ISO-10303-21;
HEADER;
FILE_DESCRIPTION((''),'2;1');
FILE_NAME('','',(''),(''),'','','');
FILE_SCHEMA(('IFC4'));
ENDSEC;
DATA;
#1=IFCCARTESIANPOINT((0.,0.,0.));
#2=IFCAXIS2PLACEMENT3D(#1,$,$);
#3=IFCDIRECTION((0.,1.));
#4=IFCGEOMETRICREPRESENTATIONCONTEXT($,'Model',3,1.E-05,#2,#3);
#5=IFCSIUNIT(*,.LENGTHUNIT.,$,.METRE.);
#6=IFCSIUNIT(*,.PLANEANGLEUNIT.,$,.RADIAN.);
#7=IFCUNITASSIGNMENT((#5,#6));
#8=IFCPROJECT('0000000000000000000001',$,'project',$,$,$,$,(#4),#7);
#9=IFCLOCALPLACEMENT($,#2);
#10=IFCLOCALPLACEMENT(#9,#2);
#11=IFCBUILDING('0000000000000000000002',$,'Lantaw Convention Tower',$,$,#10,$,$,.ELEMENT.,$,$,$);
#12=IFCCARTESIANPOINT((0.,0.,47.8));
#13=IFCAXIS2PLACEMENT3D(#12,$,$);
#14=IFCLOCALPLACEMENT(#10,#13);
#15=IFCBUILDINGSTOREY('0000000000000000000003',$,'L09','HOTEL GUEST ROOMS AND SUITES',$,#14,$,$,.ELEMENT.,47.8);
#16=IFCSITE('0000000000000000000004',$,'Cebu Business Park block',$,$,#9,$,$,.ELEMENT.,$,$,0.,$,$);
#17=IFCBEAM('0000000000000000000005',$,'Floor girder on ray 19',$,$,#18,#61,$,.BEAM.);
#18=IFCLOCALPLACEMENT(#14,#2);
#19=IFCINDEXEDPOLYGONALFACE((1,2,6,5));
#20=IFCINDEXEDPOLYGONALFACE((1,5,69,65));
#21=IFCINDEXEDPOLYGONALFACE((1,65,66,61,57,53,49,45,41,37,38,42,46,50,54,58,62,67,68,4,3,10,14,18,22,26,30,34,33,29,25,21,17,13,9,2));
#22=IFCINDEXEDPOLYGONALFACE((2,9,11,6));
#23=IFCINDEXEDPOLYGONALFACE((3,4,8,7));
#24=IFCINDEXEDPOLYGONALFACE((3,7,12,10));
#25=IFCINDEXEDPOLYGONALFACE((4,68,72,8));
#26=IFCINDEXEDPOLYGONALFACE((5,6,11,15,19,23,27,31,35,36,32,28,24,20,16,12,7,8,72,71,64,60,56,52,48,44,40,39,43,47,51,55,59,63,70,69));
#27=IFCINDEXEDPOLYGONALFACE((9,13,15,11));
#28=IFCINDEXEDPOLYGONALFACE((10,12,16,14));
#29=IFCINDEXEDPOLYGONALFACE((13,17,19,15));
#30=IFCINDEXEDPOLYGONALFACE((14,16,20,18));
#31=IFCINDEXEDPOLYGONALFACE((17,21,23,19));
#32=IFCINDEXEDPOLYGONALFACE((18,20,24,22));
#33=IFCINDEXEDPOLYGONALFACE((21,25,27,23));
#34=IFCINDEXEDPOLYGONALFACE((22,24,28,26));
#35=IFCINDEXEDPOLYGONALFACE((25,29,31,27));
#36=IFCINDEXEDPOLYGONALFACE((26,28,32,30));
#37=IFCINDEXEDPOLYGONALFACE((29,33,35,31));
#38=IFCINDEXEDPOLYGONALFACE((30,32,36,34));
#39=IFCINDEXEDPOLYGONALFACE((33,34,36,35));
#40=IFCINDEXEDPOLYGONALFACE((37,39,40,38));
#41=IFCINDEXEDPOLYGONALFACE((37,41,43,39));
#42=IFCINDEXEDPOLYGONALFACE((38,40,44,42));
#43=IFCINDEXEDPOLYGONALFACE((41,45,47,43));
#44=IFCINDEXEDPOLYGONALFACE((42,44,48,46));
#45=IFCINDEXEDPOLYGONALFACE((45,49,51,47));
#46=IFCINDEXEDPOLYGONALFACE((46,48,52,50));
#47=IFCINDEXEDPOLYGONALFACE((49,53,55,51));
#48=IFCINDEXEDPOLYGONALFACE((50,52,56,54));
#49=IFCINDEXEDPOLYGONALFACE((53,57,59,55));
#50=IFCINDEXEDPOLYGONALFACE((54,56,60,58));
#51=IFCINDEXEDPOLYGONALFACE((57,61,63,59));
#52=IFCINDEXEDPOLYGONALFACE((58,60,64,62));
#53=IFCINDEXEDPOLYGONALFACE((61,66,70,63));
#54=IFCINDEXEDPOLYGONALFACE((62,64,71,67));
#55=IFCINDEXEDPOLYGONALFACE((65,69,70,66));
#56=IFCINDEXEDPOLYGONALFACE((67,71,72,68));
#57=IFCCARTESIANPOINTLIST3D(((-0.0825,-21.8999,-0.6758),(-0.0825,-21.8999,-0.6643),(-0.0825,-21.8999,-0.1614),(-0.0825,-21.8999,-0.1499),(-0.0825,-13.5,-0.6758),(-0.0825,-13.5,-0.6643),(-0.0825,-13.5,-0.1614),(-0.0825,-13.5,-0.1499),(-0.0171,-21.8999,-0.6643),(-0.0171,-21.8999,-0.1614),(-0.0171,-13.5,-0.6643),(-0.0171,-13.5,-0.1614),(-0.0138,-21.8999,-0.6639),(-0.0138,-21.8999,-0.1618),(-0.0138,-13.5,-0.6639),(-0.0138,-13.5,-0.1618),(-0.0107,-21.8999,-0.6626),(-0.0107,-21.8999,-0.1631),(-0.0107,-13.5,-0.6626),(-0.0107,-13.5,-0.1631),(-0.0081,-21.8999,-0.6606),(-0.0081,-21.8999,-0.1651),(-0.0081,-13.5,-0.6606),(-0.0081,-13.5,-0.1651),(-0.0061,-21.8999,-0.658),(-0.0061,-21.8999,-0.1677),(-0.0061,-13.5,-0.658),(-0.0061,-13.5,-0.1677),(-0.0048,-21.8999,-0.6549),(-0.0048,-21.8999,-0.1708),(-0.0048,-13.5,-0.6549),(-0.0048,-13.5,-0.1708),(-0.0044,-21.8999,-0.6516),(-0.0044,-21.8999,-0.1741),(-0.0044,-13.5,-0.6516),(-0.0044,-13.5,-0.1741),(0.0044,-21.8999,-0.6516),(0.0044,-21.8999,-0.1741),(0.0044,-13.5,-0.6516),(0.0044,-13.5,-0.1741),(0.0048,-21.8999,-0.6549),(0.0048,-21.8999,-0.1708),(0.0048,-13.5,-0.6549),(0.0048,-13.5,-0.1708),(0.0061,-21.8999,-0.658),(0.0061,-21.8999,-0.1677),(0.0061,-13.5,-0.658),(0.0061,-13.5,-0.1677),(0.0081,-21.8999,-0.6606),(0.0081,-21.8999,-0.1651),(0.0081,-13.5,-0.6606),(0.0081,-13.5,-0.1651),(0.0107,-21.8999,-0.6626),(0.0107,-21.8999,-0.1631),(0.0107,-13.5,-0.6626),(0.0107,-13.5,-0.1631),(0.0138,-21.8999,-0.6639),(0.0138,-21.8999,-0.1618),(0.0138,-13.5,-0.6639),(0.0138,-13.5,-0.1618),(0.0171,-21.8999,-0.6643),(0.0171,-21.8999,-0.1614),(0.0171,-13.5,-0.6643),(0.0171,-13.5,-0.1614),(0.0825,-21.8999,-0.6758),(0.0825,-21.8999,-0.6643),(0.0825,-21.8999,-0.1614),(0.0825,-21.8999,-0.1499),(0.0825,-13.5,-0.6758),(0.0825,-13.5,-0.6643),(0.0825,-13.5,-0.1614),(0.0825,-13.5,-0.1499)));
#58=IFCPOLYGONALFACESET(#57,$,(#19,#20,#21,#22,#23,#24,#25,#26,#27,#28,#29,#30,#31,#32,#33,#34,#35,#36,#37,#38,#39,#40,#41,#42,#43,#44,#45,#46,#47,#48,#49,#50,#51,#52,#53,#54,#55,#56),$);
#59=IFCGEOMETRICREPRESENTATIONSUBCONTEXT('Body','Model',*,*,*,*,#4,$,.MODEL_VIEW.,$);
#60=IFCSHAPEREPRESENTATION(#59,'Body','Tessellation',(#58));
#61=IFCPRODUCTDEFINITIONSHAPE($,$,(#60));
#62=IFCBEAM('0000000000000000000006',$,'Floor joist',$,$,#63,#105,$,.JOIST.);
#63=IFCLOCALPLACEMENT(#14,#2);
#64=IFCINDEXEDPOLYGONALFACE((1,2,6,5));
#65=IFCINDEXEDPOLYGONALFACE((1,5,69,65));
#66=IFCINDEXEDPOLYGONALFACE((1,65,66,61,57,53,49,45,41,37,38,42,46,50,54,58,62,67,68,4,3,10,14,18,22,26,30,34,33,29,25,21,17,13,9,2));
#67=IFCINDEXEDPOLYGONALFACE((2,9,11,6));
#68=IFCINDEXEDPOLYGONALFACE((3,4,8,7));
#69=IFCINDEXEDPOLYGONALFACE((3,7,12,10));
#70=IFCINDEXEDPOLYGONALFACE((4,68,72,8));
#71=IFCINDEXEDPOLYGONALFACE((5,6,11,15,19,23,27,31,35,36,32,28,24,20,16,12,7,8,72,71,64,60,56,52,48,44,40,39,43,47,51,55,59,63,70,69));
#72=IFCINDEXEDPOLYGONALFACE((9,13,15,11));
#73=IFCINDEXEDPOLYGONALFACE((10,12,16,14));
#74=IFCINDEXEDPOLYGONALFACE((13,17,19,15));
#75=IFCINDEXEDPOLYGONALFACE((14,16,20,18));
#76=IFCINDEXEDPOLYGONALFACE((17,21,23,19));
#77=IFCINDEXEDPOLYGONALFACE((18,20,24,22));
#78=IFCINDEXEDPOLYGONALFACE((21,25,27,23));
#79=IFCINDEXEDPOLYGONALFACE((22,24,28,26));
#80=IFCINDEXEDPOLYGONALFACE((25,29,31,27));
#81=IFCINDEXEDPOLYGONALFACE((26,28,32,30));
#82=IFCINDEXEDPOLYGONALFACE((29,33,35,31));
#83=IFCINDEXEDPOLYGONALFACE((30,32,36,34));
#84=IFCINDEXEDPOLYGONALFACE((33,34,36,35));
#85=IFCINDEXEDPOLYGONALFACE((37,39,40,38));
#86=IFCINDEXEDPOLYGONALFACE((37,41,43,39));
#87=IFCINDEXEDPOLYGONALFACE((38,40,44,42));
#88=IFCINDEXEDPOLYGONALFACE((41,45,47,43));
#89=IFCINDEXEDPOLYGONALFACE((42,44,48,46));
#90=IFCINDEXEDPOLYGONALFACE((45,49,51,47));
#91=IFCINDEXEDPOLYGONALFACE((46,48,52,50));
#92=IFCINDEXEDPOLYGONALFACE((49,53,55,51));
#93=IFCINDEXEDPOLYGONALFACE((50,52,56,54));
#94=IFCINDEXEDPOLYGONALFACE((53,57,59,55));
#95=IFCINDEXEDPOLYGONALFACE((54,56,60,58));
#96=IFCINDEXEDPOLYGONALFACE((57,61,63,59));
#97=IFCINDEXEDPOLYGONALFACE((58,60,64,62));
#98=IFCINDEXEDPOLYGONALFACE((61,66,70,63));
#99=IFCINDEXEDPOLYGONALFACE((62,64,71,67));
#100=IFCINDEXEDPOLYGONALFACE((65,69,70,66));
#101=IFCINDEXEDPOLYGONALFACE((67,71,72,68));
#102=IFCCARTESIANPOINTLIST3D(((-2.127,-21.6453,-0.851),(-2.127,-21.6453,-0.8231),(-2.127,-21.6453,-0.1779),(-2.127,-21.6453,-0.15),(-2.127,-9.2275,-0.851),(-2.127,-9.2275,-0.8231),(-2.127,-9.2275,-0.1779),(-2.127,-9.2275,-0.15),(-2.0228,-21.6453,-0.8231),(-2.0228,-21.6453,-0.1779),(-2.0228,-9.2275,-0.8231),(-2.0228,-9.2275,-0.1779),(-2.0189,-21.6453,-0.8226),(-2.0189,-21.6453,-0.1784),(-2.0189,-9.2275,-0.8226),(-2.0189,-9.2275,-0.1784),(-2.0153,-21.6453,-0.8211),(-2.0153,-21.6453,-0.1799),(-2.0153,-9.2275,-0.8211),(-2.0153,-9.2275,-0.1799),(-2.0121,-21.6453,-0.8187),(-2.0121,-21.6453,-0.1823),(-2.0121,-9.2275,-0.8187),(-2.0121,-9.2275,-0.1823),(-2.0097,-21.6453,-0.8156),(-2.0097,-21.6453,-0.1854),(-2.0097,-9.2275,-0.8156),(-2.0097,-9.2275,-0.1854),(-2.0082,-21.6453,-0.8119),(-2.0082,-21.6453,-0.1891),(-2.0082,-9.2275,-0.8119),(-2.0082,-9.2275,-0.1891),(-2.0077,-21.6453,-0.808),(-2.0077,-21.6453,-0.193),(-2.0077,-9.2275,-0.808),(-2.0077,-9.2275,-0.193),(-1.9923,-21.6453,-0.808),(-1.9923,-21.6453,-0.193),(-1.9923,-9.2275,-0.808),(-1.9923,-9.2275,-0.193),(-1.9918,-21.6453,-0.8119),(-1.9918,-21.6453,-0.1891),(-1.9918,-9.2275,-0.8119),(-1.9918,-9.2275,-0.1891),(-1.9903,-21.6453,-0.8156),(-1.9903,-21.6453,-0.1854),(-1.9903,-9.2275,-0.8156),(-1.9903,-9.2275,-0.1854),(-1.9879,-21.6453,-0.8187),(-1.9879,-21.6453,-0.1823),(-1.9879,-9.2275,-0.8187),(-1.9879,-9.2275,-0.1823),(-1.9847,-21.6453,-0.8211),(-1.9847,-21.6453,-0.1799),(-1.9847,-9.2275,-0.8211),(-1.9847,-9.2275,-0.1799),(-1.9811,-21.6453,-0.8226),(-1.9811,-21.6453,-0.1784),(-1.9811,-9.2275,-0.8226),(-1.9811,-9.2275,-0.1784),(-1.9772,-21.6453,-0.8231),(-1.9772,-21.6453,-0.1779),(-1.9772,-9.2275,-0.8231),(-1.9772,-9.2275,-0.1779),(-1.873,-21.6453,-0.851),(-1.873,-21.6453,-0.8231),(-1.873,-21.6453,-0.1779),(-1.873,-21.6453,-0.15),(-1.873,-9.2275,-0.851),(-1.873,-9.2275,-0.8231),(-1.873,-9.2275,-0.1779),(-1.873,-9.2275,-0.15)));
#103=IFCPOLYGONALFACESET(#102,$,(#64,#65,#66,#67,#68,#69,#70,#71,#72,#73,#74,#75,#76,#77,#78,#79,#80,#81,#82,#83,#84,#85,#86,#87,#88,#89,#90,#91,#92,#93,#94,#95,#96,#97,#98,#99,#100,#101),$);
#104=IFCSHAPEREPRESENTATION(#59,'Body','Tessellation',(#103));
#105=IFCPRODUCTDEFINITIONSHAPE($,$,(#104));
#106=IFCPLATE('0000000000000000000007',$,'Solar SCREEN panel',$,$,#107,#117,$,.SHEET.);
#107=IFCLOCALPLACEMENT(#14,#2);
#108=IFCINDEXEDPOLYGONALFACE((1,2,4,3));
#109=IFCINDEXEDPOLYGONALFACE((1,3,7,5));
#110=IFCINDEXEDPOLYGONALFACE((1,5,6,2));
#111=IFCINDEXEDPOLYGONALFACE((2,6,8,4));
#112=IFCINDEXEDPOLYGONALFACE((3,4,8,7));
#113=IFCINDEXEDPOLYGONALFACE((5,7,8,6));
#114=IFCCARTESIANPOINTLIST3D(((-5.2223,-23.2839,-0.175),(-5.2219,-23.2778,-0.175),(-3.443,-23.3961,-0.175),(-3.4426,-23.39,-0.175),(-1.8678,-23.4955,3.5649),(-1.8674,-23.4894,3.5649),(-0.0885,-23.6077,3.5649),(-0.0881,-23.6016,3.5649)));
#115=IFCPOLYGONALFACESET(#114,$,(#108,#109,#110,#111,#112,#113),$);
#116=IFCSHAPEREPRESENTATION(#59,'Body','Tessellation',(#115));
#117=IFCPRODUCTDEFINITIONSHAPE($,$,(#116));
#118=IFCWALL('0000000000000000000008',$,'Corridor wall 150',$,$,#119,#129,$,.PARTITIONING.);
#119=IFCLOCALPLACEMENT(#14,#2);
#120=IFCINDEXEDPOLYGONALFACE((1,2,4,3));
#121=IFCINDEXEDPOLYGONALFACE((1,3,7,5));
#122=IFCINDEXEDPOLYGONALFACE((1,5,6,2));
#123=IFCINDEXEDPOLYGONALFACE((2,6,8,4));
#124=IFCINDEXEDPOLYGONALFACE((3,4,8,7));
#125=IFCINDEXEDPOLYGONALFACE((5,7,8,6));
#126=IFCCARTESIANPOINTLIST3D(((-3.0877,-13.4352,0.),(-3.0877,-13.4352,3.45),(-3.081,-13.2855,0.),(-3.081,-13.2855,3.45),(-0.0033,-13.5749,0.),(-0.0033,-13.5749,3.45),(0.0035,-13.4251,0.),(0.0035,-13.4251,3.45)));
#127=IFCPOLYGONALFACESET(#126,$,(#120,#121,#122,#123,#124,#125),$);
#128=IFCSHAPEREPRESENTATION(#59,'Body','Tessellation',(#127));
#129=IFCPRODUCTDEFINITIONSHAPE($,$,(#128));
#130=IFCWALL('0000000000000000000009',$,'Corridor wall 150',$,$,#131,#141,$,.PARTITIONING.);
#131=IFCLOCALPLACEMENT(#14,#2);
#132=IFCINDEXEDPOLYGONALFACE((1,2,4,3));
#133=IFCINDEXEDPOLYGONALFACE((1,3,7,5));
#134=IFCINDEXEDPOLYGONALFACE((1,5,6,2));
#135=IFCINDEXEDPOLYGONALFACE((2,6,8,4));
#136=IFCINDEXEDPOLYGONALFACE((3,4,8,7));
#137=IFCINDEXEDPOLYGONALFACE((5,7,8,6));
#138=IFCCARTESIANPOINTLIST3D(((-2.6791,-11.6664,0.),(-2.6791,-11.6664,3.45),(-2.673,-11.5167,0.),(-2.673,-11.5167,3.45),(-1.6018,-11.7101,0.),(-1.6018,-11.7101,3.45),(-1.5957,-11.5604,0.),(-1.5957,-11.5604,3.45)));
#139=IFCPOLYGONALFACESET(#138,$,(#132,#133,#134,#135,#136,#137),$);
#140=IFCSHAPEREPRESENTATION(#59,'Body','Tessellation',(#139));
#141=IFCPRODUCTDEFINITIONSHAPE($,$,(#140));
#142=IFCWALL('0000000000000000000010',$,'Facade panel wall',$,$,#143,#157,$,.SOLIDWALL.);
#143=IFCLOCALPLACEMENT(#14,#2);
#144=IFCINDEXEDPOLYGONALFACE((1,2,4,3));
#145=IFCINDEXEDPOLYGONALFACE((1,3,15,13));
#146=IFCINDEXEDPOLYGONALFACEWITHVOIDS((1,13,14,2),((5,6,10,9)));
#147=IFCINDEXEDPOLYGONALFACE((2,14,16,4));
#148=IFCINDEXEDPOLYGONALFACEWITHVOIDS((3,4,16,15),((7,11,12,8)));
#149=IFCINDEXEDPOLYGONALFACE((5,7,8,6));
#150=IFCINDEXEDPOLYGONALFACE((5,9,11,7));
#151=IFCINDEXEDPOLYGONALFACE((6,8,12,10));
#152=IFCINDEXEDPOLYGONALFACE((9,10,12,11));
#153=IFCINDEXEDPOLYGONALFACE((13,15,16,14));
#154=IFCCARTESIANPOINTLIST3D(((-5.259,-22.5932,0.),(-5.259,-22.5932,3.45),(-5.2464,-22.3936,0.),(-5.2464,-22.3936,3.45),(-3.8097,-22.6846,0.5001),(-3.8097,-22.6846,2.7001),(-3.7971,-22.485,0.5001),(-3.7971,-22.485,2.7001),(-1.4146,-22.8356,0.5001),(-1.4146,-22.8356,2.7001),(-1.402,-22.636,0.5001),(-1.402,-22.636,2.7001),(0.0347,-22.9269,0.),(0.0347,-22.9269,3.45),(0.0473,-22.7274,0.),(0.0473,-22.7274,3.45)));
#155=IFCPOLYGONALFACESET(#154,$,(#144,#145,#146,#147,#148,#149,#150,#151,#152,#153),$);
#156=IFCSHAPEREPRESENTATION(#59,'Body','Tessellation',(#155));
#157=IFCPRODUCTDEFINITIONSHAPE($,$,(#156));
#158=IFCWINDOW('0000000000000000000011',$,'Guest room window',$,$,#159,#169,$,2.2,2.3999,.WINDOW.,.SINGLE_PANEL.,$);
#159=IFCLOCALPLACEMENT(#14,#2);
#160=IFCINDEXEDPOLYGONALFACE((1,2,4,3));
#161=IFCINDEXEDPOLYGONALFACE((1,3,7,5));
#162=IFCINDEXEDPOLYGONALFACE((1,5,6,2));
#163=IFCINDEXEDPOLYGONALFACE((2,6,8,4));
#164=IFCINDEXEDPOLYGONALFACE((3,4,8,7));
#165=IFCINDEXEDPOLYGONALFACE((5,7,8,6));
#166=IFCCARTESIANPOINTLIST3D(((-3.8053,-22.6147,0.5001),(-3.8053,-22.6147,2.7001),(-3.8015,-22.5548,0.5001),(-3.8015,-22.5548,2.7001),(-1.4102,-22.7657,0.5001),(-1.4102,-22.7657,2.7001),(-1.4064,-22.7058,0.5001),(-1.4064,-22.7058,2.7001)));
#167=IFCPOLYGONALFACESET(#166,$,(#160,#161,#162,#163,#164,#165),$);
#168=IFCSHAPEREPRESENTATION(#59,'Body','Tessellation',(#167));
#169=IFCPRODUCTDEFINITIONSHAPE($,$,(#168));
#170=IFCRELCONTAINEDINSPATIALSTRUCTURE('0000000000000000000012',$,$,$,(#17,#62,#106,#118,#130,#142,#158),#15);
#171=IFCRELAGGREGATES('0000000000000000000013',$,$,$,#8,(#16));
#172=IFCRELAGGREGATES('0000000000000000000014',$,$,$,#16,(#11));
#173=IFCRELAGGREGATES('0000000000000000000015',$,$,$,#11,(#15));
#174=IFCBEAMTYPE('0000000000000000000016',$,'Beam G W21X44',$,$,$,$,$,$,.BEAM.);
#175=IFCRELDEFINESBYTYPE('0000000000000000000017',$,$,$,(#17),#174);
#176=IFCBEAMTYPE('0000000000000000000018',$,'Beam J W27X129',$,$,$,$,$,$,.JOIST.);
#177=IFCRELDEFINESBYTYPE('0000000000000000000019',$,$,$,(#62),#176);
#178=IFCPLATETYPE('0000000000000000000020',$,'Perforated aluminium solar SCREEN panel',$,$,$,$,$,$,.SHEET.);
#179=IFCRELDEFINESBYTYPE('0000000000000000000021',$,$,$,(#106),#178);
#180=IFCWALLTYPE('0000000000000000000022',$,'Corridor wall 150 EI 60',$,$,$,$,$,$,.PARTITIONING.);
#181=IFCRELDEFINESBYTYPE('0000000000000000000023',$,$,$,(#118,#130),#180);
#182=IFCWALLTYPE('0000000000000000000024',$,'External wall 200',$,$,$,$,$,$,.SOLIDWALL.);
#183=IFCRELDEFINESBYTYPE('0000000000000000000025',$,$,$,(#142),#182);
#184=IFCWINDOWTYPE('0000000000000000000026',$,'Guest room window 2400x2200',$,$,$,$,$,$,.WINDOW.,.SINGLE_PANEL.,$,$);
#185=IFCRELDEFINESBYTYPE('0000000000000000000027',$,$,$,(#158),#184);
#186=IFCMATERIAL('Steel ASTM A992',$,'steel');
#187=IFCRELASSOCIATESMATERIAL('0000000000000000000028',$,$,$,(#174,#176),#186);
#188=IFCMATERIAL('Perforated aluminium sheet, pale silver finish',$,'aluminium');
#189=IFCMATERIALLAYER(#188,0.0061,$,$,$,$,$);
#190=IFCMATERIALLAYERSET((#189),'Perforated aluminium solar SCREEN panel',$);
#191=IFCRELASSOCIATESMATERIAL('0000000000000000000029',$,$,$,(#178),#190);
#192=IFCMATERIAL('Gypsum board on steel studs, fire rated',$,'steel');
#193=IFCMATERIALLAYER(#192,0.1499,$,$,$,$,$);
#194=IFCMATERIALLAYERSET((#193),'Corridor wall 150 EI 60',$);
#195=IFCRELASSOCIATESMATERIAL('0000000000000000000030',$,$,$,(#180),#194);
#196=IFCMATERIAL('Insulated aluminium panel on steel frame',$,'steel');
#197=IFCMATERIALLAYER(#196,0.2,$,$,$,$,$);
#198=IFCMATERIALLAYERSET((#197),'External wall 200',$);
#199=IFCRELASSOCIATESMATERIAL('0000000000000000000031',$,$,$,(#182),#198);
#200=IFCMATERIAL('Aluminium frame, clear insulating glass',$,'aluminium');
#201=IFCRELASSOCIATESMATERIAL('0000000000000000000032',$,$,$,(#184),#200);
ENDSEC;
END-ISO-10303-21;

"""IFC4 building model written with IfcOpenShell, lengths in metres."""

from ifc_helpers import new_model, si_unit, direction, frame, frame_2d, origin, origin_2d, place, context, subcontext, project, spatial, polyline, rectangle, i_section, outline, extrude, material, layer, layer_set, material_profile, profile_set, type_object, element, fill, save


model = new_model("IFC4")

# Units and contexts
model_context = context("Model", 3, precision=1e-05, world=origin(), true_north=direction((0.0, 1.0)))
body_context = subcontext(model_context, "Body", "Model", "MODEL_VIEW")
ifc_project = project(units=[si_unit("LENGTHUNIT", "METRE"), si_unit("PLANEANGLEUNIT", "RADIAN")], contexts=[model_context])

# Site, building, storey
site_placement = place(None, origin())
site = spatial("IfcSite", under=ifc_project, at=site_placement, Name="Cebu Business Park block", CompositionType="ELEMENT", RefElevation=0.0)
building_placement = place(site_placement, origin())
building = spatial("IfcBuilding", under=site, at=building_placement, Name="Lantaw Convention Tower", CompositionType="ELEMENT")
storey_placement = place(building_placement, frame((0.0, 0.0, 47.8)))
storey = spatial("IfcBuildingStorey", under=building, at=storey_placement, Name="L09", Description="HOTEL GUEST ROOMS AND SUITES", CompositionType="ELEMENT", Elevation=47.8)

# Beams
ifc_material_1 = material(Name="Steel ASTM A992", Category="steel")
ifc_material_profile_1 = material_profile(ifc_material_1, i_section(OverallWidth=0.165, OverallDepth=0.5259, WebThickness=0.0088, FlangeThickness=0.0115, FilletRadius=0.0127, at=origin_2d()), Name="W21X44")
ifc_profile_set_1 = profile_set([ifc_material_profile_1], Name="Steel ASTM A992")
beam_type_1 = type_object("IfcBeamType", Name="Beam G W21X44", PredefinedType="BEAM", material=ifc_profile_set_1)
beam_1_placement = place(storey_placement, frame((0.0, -13.5, -0.4128), z_axis=(0.0, -1.0, 0.0), x_axis=(1.0, 0.0, 0.0)))
element("IfcBeam", 1, at=beam_1_placement, inside=storey, type_object=beam_type_1, Name="Floor girder on ray 19", PredefinedType="BEAM", context=body_context, shape_type="SweptSolid", body=[
    extrude(i_section(OverallWidth=0.165, OverallDepth=0.5259, WebThickness=0.0088, FlangeThickness=0.0115, FilletRadius=0.0127, at=origin_2d()), origin(), (0.0, 0.0, 1.0), 8.3999),
])
ifc_material_profile_2 = material_profile(ifc_material_1, i_section(OverallWidth=0.2539, OverallDepth=0.7009, WebThickness=0.0154, FlangeThickness=0.0278, FilletRadius=0.0151, at=origin_2d()), Name="W27X129")
ifc_profile_set_2 = profile_set([ifc_material_profile_2], Name="Steel ASTM A992")
beam_type_2 = type_object("IfcBeamType", Name="Beam J W27X129", PredefinedType="JOIST", material=ifc_profile_set_2)
beam_2_placement = place(storey_placement, frame((-2.0, -21.6453, -0.5005), z_axis=(0.0, 1.0, 0.0), x_axis=(-1.0, 0.0, 0.0)))
element("IfcBeam", 2, at=beam_2_placement, inside=storey, type_object=beam_type_2, Name="Floor joist", PredefinedType="JOIST", context=body_context, shape_type="SweptSolid", body=[
    extrude(i_section(OverallWidth=0.2539, OverallDepth=0.7009, WebThickness=0.0154, FlangeThickness=0.0278, FilletRadius=0.0151, at=origin_2d()), origin(), (0.0, 0.0, 1.0), 12.4177),
])

# Plate
ifc_material_2 = material(Name="Perforated aluminium sheet, pale silver finish", Category="aluminium")
ifc_layer_1 = layer(ifc_material_2, 0.0061)
ifc_layer_set_1 = layer_set([ifc_layer_1], Name="Perforated aluminium solar SCREEN panel")
plate_type = type_object("IfcPlateType", Name="Perforated aluminium solar SCREEN panel", PredefinedType="SHEET", material=ifc_layer_set_1)
plate_placement = place(storey_placement, frame((-5.2219, -23.2778, -0.175), z_axis=(0.062924, 0.998018, 0.000014), x_axis=(0.998018, -0.062924, 0.0)))
element("IfcPlate", 3, at=plate_placement, inside=storey, type_object=plate_type, Name="Solar SCREEN panel", PredefinedType="SHEET", context=body_context, shape_type="SweptSolid", body=[
    extrude(outline(polyline([(0.0, 0.0), (1.7828, 0.0), (5.144, -3.74), (3.3612, -3.74), (0.0, 0.0)])), origin(), (0.0, 0.0, -1.0), 0.0061),
])

# Walls
ifc_material_3 = material(Name="Gypsum board on steel studs, fire rated", Category="steel")
ifc_layer_2 = layer(ifc_material_3, 0.1499)
ifc_layer_set_2 = layer_set([ifc_layer_2], Name="Corridor wall 150 EI 60")
wall_type_1 = type_object("IfcWallType", Name="Corridor wall 150 EI 60", PredefinedType="PARTITIONING", material=ifc_layer_set_2)
wall_1_placement = place(storey_placement, frame((-3.0845, -13.3604, 0.0), z_axis=(0.0, 0.0, 1.0), x_axis=(0.998977, -0.045228, 0.0)))
element("IfcWall", 4, at=wall_1_placement, inside=storey, type_object=wall_type_1, Name="Corridor wall 150", PredefinedType="PARTITIONING", context=body_context, shape_type="SweptSolid", body=[
    extrude(rectangle(XDim=3.0876, YDim=0.1499, at=frame_2d((1.5439, 0.0))), origin(), (0.0, 0.0, 1.0), 3.45),
])
wall_2_placement = place(storey_placement, frame((-2.676, -11.5916, 0.0), z_axis=(0.0, 0.0, 1.0), x_axis=(0.999178, -0.040538, 0.0)))
element("IfcWall", 5, at=wall_2_placement, inside=storey, type_object=wall_type_1, Name="Corridor wall 150", PredefinedType="PARTITIONING", context=body_context, shape_type="SweptSolid", body=[
    extrude(rectangle(XDim=1.0781, YDim=0.1499, at=frame_2d((0.5391, 0.0))), origin(), (0.0, 0.0, 1.0), 3.45),
])

# Wall, opening, window
ifc_material_4 = material(Name="Insulated aluminium panel on steel frame", Category="steel")
ifc_layer_3 = layer(ifc_material_4, 0.2)
ifc_layer_set_3 = layer_set([ifc_layer_3], Name="External wall 200")
wall_type_2 = type_object("IfcWallType", Name="External wall 200", PredefinedType="SOLIDWALL", material=ifc_layer_set_3)
wall_3_placement = place(storey_placement, frame((-5.2527, -22.4934, 0.0), z_axis=(0.0, 0.0, 1.0), x_axis=(0.998019, -0.06292, 0.0)))
wall_3 = element("IfcWall", 6, at=wall_3_placement, inside=storey, type_object=wall_type_2, Name="Facade panel wall", PredefinedType="SOLIDWALL", context=body_context, shape_type="SweptSolid", body=[
    extrude(rectangle(XDim=5.3042, YDim=0.2, at=frame_2d((2.6521, 0.0))), origin(), (0.0, 0.0, 1.0), 3.45),
])
opening_1_placement = place(wall_3_placement, frame((1.4521, 0.0, 0.5)))
opening_1 = element("IfcOpeningElement", 7, at=opening_1_placement, cuts=wall_3, PredefinedType="OPENING", context=body_context, shape_type="SweptSolid", body=[
    extrude(rectangle(XDim=2.3999, YDim=2.2, at=frame_2d((1.2, 1.1001))), frame((0.0, 0.1099, 0.0), z_axis=(0.0, -1.0, 0.0), x_axis=(1.0, 0.0, 0.0)), (0.0, 0.0, 1.0), 0.22),
])
ifc_material_5 = material(Name="Aluminium frame, clear insulating glass", Category="aluminium")
window_type = type_object("IfcWindowType", Name="Guest room window 2400x2200", PartitioningType="SINGLE_PANEL", PredefinedType="WINDOW", material=ifc_material_5)
window_1_placement = place(opening_1_placement, origin())
window_1 = element("IfcWindow", 8, at=window_1_placement, inside=storey, type_object=window_type, Name="Guest room window", OverallHeight=2.2, OverallWidth=2.3999, PartitioningType="SINGLE_PANEL", PredefinedType="WINDOW", context=body_context, shape_type="SweptSolid", body=[
    extrude(rectangle(XDim=2.3999, YDim=2.2, at=frame_2d((1.2, 1.1001))), frame((0.0, 0.03, 0.0), z_axis=(0.0, -1.0, 0.0), x_axis=(1.0, 0.0, 0.0)), (0.0, 0.0, 1.0), 0.0601),
])
fill(opening_1, window_1)

save(model, "model.ifc")
